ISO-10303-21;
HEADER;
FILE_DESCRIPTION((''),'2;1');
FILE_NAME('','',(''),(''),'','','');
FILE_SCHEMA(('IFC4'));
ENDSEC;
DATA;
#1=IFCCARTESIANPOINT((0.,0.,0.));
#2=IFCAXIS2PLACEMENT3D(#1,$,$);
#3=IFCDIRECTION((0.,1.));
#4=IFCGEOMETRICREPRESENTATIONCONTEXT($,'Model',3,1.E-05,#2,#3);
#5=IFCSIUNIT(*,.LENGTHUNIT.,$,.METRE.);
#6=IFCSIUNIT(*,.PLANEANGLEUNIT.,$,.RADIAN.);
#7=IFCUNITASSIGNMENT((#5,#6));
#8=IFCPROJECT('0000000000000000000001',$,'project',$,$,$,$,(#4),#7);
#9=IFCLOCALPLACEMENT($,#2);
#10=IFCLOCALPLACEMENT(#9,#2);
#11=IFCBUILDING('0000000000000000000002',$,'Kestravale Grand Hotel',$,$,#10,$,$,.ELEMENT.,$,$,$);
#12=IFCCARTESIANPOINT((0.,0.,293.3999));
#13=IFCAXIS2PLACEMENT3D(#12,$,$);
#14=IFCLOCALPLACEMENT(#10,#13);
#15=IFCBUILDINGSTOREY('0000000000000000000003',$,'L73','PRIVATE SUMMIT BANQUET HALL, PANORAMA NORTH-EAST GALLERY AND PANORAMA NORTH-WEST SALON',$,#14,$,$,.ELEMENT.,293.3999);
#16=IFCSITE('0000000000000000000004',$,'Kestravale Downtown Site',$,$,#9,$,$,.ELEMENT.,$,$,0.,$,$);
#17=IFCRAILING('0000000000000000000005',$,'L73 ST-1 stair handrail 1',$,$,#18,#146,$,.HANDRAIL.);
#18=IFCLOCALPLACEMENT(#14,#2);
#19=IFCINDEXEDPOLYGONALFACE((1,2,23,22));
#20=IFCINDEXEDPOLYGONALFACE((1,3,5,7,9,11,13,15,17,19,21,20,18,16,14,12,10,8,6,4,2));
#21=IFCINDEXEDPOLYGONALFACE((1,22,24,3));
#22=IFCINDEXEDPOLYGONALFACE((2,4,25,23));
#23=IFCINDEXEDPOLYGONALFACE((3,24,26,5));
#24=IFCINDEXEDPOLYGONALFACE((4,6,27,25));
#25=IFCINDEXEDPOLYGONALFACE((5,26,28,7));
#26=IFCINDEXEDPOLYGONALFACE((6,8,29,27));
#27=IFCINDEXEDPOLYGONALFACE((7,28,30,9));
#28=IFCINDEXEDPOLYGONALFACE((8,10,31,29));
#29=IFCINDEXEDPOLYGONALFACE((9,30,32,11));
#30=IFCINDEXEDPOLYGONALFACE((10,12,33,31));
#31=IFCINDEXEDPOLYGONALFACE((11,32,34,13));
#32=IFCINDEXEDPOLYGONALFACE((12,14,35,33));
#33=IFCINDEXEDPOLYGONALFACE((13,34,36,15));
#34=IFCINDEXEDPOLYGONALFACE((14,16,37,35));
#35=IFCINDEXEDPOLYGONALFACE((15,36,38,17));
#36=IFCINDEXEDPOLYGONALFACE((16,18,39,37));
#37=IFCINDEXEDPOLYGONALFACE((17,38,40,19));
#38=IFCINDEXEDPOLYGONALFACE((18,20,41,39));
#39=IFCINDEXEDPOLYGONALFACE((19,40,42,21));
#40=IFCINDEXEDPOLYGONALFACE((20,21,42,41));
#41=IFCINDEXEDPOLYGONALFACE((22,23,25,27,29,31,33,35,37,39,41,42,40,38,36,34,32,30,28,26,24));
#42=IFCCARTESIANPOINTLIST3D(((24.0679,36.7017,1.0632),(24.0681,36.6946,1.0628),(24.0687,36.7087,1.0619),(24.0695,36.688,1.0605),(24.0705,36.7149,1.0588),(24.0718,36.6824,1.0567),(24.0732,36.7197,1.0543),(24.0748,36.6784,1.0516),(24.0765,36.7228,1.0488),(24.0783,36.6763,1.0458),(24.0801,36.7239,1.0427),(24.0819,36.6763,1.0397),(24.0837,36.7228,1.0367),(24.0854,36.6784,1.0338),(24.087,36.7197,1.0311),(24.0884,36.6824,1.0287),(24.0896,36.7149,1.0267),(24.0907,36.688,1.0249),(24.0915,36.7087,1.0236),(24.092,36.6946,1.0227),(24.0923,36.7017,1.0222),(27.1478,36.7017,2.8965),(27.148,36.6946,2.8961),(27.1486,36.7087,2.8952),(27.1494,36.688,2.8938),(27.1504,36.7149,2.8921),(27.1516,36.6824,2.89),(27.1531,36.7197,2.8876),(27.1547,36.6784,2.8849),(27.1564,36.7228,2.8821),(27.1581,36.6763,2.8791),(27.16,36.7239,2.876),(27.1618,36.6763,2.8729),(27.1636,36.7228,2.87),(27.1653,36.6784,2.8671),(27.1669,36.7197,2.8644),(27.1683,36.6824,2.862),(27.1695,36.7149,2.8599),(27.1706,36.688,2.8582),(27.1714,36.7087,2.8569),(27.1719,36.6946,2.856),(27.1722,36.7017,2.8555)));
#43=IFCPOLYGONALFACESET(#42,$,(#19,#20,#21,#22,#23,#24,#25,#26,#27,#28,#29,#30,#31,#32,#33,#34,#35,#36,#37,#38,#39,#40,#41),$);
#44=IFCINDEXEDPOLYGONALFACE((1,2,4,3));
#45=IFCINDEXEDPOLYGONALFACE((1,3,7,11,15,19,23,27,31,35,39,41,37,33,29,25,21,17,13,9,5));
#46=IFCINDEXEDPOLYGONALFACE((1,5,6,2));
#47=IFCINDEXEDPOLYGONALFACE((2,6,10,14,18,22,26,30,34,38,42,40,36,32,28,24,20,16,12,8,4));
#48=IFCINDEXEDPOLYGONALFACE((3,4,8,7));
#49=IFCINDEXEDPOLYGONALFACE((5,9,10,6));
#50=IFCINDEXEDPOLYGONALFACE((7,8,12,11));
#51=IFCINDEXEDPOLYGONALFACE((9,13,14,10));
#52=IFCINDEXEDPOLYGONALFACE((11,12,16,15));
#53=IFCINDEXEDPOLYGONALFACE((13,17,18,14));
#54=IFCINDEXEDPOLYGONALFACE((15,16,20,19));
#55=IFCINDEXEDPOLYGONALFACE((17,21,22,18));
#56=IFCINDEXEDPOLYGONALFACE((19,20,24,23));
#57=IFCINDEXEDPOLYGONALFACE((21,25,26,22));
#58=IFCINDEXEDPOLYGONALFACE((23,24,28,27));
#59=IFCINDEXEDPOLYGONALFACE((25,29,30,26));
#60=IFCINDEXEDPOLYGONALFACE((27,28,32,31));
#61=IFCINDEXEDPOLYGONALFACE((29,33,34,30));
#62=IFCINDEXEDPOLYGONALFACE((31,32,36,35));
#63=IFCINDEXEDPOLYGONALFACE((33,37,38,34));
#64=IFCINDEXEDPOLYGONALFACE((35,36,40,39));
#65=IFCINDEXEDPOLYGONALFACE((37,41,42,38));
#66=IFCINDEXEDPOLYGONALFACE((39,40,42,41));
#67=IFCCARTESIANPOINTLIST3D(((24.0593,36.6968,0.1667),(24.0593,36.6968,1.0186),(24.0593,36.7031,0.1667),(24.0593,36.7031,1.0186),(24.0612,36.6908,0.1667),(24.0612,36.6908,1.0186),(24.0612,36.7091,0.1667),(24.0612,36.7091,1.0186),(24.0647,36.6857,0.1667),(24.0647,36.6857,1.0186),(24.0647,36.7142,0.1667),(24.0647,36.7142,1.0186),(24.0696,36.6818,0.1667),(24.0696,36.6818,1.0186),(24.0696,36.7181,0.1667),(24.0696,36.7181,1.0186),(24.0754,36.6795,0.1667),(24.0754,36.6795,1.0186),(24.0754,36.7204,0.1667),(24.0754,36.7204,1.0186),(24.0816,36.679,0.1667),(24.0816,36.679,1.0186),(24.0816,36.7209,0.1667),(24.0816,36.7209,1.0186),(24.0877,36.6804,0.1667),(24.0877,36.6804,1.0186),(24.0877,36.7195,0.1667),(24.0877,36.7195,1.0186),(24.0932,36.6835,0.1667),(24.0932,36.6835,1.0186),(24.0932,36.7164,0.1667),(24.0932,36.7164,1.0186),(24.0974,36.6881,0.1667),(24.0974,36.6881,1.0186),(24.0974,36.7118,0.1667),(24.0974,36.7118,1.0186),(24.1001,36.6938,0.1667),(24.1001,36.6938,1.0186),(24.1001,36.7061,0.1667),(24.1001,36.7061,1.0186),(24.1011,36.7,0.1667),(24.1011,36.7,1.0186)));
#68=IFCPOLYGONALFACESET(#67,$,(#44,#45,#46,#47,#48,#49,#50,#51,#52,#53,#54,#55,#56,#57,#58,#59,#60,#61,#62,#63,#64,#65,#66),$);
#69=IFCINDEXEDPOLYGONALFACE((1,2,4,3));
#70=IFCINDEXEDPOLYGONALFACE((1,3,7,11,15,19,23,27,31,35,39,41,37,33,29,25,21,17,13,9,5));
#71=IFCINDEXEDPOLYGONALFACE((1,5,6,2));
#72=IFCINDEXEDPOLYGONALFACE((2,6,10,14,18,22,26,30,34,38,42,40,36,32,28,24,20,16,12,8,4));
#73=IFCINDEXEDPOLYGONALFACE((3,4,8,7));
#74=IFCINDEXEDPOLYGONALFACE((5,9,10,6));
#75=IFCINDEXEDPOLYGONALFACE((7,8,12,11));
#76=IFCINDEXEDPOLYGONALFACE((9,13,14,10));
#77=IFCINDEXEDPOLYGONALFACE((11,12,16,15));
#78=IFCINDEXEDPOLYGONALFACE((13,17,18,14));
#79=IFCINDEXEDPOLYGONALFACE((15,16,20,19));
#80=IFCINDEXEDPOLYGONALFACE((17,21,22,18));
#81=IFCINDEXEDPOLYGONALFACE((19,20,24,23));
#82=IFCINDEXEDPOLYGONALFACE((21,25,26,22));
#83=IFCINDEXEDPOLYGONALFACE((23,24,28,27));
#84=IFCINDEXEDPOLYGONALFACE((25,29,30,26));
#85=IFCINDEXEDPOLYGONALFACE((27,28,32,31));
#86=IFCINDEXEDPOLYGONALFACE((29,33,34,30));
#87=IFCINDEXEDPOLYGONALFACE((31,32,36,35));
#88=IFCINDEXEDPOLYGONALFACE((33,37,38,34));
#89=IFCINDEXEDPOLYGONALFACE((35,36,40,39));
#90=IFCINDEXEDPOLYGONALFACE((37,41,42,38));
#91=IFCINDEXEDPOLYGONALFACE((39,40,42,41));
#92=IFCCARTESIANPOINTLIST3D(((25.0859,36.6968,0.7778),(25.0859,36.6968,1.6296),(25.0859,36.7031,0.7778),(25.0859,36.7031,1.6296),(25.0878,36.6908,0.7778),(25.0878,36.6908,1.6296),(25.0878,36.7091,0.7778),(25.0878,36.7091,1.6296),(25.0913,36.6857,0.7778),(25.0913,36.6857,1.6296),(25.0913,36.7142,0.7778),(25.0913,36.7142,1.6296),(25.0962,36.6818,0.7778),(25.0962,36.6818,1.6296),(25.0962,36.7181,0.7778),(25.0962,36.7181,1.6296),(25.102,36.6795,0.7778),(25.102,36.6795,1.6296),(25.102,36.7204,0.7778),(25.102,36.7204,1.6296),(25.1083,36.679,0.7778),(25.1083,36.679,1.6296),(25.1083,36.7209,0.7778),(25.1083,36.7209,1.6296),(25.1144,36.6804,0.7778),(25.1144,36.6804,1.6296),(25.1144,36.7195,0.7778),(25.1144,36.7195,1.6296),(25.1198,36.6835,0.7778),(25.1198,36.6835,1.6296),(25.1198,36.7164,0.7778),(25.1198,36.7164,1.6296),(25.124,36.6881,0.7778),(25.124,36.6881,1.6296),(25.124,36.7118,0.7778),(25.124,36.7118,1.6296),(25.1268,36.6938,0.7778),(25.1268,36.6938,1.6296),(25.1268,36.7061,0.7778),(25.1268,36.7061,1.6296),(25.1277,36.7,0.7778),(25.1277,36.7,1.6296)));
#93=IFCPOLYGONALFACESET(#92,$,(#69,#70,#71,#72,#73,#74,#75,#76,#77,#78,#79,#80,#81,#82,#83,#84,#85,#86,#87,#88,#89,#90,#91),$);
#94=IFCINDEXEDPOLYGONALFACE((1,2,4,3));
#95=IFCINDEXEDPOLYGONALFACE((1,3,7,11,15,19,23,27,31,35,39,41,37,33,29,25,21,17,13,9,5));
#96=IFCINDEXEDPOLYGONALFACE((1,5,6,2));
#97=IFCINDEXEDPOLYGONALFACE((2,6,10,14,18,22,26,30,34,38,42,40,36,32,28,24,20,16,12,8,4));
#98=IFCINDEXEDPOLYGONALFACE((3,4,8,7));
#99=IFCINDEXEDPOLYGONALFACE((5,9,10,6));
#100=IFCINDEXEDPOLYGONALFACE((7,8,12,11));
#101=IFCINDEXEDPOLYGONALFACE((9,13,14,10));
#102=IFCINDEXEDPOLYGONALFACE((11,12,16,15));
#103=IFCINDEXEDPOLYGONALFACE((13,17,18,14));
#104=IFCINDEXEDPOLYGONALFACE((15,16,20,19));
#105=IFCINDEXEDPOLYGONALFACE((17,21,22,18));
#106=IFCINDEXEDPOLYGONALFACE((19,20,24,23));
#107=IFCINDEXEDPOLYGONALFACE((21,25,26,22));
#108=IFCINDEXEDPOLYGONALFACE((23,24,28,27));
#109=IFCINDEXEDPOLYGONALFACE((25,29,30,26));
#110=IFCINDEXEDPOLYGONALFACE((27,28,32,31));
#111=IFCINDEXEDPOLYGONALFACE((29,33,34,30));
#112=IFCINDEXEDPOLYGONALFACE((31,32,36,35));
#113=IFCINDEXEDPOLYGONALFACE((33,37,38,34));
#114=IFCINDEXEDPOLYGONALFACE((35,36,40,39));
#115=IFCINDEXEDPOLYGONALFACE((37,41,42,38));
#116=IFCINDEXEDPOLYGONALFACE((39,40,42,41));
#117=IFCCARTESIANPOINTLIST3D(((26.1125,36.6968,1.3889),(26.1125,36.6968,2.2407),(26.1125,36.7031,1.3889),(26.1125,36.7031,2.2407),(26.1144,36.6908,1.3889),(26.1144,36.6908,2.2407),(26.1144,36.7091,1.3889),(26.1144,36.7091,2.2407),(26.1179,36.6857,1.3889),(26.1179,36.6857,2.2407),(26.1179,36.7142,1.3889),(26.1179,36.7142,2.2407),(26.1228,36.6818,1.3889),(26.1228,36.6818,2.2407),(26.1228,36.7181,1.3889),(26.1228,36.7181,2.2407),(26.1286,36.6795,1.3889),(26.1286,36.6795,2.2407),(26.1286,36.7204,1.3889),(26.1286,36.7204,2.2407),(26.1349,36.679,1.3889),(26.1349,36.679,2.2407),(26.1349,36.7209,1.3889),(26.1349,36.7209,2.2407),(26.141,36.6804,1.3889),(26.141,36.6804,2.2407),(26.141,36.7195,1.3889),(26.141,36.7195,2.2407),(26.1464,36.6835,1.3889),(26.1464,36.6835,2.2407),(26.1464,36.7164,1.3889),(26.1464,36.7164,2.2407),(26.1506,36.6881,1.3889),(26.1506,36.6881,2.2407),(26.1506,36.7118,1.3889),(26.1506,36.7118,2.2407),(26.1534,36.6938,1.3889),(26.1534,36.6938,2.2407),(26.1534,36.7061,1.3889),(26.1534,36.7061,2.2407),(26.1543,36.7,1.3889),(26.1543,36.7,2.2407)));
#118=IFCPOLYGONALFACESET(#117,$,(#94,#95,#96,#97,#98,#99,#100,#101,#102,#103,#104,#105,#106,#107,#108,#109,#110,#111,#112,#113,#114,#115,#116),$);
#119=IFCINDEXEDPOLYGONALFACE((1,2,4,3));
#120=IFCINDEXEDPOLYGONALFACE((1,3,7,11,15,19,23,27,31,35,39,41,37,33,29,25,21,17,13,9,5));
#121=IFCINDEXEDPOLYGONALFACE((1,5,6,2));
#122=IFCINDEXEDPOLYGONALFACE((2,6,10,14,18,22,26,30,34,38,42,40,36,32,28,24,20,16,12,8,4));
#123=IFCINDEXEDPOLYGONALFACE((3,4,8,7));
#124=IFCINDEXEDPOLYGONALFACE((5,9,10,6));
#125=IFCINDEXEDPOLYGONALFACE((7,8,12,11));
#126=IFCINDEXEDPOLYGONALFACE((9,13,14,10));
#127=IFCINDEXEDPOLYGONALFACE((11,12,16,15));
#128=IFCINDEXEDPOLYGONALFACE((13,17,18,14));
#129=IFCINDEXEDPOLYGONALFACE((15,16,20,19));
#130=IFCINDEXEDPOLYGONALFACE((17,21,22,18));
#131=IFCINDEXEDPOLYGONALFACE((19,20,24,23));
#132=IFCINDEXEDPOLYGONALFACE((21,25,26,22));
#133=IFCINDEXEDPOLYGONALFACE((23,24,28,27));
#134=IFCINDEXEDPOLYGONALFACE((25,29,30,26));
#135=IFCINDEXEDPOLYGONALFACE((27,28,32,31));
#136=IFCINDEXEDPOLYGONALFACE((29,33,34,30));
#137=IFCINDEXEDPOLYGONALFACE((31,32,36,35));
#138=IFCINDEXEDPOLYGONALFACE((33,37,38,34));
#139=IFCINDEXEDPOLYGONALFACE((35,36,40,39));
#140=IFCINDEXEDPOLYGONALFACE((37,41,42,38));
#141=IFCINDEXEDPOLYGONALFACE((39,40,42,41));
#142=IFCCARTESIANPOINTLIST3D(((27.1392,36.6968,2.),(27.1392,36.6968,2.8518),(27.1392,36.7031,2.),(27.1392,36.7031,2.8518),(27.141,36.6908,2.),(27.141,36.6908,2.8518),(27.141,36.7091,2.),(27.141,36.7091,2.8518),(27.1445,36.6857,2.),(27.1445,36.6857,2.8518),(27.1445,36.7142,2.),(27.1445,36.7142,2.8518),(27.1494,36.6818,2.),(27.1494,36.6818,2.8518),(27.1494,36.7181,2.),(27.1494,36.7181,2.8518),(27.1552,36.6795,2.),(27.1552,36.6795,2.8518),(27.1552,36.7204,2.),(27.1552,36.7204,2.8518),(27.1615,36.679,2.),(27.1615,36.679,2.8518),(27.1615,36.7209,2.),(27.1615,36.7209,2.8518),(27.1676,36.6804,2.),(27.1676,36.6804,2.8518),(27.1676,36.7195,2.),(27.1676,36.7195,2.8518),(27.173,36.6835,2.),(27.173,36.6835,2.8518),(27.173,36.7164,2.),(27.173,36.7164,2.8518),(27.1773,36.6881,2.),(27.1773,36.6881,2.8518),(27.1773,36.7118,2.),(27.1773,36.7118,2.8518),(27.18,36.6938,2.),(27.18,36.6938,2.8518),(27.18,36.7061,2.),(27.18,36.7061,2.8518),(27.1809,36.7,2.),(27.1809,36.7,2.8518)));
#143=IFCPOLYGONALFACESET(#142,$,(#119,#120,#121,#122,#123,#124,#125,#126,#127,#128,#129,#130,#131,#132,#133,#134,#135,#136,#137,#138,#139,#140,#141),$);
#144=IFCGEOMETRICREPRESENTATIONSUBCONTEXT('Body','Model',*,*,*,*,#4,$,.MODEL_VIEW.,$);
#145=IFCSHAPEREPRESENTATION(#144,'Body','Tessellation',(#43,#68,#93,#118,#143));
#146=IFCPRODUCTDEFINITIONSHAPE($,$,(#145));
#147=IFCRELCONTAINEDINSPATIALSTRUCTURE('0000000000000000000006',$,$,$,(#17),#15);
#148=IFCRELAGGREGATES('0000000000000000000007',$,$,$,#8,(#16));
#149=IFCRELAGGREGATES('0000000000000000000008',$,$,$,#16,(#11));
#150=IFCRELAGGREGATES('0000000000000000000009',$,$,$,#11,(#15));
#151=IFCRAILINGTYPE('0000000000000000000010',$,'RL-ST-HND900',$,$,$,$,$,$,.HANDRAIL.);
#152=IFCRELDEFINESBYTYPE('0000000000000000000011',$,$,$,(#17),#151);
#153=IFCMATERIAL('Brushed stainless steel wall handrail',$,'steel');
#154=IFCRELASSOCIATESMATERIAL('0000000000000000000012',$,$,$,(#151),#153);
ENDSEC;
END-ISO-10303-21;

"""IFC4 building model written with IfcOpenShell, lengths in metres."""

from ifc_helpers import new_model, si_unit, direction, frame, origin, origin_2d, place, context, subcontext, project, spatial, circle, extrude, material, type_object, element, save


model = new_model("IFC4")

# Units and contexts
model_context = context("Model", 3, precision=1e-05, world=origin(), true_north=direction((0.0, 1.0)))
body_context = subcontext(model_context, "Body", "Model", "MODEL_VIEW")
ifc_project = project(units=[si_unit("LENGTHUNIT", "METRE"), si_unit("PLANEANGLEUNIT", "RADIAN")], contexts=[model_context])

# Site, building, storey
site_placement = place(None, origin())
site = spatial("IfcSite", under=ifc_project, at=site_placement, Name="Kestravale Downtown Site", CompositionType="ELEMENT", RefElevation=0.0)
building_placement = place(site_placement, origin())
building = spatial("IfcBuilding", under=site, at=building_placement, Name="Kestravale Grand Hotel", CompositionType="ELEMENT")
storey_placement = place(building_placement, frame((0.0, 0.0, 293.3999)))
storey = spatial("IfcBuildingStorey", under=building, at=storey_placement, Name="L73", Description="PRIVATE SUMMIT BANQUET HALL, PANORAMA NORTH-EAST GALLERY AND PANORAMA NORTH-WEST SALON", CompositionType="ELEMENT", Elevation=293.3999)

# Railing
ifc_material_1 = material(Name="Brushed stainless steel wall handrail", Category="steel")
railing_type_1 = type_object("IfcRailingType", Name="RL-ST-HND900", PredefinedType="HANDRAIL", material=ifc_material_1)
railing_1_placement = place(storey_placement, frame((24.0801, 36.7, 0.1667)))
element("IfcRailing", 1, at=railing_1_placement, inside=storey, type_object=railing_type_1, Name="L73 ST-1 stair handrail 1", PredefinedType="HANDRAIL", context=body_context, shape_type="SweptSolid", body=[
    extrude(circle(Radius=0.0239, at=origin_2d()), frame((0.0, 0.0, 0.876), z_axis=(0.859291, 0.0, 0.511487), x_axis=(0.0, 1.0, 0.0)), (0.0, 0.0, 1.0), 3.5842),
    extrude(circle(Radius=0.021, at=origin_2d()), origin(), (0.0, 0.0, 1.0), 0.8518),
    extrude(circle(Radius=0.021, at=origin_2d()), frame((1.0266, 0.0, 0.6111)), (0.0, 0.0, 1.0), 0.8518),
    extrude(circle(Radius=0.021, at=origin_2d()), frame((2.0532, 0.0, 1.2222)), (0.0, 0.0, 1.0), 0.8518),
    extrude(circle(Radius=0.021, at=origin_2d()), frame((3.0798, 0.0, 1.8333)), (0.0, 0.0, 1.0), 0.8518),
])

save(model, "model.ifc")
